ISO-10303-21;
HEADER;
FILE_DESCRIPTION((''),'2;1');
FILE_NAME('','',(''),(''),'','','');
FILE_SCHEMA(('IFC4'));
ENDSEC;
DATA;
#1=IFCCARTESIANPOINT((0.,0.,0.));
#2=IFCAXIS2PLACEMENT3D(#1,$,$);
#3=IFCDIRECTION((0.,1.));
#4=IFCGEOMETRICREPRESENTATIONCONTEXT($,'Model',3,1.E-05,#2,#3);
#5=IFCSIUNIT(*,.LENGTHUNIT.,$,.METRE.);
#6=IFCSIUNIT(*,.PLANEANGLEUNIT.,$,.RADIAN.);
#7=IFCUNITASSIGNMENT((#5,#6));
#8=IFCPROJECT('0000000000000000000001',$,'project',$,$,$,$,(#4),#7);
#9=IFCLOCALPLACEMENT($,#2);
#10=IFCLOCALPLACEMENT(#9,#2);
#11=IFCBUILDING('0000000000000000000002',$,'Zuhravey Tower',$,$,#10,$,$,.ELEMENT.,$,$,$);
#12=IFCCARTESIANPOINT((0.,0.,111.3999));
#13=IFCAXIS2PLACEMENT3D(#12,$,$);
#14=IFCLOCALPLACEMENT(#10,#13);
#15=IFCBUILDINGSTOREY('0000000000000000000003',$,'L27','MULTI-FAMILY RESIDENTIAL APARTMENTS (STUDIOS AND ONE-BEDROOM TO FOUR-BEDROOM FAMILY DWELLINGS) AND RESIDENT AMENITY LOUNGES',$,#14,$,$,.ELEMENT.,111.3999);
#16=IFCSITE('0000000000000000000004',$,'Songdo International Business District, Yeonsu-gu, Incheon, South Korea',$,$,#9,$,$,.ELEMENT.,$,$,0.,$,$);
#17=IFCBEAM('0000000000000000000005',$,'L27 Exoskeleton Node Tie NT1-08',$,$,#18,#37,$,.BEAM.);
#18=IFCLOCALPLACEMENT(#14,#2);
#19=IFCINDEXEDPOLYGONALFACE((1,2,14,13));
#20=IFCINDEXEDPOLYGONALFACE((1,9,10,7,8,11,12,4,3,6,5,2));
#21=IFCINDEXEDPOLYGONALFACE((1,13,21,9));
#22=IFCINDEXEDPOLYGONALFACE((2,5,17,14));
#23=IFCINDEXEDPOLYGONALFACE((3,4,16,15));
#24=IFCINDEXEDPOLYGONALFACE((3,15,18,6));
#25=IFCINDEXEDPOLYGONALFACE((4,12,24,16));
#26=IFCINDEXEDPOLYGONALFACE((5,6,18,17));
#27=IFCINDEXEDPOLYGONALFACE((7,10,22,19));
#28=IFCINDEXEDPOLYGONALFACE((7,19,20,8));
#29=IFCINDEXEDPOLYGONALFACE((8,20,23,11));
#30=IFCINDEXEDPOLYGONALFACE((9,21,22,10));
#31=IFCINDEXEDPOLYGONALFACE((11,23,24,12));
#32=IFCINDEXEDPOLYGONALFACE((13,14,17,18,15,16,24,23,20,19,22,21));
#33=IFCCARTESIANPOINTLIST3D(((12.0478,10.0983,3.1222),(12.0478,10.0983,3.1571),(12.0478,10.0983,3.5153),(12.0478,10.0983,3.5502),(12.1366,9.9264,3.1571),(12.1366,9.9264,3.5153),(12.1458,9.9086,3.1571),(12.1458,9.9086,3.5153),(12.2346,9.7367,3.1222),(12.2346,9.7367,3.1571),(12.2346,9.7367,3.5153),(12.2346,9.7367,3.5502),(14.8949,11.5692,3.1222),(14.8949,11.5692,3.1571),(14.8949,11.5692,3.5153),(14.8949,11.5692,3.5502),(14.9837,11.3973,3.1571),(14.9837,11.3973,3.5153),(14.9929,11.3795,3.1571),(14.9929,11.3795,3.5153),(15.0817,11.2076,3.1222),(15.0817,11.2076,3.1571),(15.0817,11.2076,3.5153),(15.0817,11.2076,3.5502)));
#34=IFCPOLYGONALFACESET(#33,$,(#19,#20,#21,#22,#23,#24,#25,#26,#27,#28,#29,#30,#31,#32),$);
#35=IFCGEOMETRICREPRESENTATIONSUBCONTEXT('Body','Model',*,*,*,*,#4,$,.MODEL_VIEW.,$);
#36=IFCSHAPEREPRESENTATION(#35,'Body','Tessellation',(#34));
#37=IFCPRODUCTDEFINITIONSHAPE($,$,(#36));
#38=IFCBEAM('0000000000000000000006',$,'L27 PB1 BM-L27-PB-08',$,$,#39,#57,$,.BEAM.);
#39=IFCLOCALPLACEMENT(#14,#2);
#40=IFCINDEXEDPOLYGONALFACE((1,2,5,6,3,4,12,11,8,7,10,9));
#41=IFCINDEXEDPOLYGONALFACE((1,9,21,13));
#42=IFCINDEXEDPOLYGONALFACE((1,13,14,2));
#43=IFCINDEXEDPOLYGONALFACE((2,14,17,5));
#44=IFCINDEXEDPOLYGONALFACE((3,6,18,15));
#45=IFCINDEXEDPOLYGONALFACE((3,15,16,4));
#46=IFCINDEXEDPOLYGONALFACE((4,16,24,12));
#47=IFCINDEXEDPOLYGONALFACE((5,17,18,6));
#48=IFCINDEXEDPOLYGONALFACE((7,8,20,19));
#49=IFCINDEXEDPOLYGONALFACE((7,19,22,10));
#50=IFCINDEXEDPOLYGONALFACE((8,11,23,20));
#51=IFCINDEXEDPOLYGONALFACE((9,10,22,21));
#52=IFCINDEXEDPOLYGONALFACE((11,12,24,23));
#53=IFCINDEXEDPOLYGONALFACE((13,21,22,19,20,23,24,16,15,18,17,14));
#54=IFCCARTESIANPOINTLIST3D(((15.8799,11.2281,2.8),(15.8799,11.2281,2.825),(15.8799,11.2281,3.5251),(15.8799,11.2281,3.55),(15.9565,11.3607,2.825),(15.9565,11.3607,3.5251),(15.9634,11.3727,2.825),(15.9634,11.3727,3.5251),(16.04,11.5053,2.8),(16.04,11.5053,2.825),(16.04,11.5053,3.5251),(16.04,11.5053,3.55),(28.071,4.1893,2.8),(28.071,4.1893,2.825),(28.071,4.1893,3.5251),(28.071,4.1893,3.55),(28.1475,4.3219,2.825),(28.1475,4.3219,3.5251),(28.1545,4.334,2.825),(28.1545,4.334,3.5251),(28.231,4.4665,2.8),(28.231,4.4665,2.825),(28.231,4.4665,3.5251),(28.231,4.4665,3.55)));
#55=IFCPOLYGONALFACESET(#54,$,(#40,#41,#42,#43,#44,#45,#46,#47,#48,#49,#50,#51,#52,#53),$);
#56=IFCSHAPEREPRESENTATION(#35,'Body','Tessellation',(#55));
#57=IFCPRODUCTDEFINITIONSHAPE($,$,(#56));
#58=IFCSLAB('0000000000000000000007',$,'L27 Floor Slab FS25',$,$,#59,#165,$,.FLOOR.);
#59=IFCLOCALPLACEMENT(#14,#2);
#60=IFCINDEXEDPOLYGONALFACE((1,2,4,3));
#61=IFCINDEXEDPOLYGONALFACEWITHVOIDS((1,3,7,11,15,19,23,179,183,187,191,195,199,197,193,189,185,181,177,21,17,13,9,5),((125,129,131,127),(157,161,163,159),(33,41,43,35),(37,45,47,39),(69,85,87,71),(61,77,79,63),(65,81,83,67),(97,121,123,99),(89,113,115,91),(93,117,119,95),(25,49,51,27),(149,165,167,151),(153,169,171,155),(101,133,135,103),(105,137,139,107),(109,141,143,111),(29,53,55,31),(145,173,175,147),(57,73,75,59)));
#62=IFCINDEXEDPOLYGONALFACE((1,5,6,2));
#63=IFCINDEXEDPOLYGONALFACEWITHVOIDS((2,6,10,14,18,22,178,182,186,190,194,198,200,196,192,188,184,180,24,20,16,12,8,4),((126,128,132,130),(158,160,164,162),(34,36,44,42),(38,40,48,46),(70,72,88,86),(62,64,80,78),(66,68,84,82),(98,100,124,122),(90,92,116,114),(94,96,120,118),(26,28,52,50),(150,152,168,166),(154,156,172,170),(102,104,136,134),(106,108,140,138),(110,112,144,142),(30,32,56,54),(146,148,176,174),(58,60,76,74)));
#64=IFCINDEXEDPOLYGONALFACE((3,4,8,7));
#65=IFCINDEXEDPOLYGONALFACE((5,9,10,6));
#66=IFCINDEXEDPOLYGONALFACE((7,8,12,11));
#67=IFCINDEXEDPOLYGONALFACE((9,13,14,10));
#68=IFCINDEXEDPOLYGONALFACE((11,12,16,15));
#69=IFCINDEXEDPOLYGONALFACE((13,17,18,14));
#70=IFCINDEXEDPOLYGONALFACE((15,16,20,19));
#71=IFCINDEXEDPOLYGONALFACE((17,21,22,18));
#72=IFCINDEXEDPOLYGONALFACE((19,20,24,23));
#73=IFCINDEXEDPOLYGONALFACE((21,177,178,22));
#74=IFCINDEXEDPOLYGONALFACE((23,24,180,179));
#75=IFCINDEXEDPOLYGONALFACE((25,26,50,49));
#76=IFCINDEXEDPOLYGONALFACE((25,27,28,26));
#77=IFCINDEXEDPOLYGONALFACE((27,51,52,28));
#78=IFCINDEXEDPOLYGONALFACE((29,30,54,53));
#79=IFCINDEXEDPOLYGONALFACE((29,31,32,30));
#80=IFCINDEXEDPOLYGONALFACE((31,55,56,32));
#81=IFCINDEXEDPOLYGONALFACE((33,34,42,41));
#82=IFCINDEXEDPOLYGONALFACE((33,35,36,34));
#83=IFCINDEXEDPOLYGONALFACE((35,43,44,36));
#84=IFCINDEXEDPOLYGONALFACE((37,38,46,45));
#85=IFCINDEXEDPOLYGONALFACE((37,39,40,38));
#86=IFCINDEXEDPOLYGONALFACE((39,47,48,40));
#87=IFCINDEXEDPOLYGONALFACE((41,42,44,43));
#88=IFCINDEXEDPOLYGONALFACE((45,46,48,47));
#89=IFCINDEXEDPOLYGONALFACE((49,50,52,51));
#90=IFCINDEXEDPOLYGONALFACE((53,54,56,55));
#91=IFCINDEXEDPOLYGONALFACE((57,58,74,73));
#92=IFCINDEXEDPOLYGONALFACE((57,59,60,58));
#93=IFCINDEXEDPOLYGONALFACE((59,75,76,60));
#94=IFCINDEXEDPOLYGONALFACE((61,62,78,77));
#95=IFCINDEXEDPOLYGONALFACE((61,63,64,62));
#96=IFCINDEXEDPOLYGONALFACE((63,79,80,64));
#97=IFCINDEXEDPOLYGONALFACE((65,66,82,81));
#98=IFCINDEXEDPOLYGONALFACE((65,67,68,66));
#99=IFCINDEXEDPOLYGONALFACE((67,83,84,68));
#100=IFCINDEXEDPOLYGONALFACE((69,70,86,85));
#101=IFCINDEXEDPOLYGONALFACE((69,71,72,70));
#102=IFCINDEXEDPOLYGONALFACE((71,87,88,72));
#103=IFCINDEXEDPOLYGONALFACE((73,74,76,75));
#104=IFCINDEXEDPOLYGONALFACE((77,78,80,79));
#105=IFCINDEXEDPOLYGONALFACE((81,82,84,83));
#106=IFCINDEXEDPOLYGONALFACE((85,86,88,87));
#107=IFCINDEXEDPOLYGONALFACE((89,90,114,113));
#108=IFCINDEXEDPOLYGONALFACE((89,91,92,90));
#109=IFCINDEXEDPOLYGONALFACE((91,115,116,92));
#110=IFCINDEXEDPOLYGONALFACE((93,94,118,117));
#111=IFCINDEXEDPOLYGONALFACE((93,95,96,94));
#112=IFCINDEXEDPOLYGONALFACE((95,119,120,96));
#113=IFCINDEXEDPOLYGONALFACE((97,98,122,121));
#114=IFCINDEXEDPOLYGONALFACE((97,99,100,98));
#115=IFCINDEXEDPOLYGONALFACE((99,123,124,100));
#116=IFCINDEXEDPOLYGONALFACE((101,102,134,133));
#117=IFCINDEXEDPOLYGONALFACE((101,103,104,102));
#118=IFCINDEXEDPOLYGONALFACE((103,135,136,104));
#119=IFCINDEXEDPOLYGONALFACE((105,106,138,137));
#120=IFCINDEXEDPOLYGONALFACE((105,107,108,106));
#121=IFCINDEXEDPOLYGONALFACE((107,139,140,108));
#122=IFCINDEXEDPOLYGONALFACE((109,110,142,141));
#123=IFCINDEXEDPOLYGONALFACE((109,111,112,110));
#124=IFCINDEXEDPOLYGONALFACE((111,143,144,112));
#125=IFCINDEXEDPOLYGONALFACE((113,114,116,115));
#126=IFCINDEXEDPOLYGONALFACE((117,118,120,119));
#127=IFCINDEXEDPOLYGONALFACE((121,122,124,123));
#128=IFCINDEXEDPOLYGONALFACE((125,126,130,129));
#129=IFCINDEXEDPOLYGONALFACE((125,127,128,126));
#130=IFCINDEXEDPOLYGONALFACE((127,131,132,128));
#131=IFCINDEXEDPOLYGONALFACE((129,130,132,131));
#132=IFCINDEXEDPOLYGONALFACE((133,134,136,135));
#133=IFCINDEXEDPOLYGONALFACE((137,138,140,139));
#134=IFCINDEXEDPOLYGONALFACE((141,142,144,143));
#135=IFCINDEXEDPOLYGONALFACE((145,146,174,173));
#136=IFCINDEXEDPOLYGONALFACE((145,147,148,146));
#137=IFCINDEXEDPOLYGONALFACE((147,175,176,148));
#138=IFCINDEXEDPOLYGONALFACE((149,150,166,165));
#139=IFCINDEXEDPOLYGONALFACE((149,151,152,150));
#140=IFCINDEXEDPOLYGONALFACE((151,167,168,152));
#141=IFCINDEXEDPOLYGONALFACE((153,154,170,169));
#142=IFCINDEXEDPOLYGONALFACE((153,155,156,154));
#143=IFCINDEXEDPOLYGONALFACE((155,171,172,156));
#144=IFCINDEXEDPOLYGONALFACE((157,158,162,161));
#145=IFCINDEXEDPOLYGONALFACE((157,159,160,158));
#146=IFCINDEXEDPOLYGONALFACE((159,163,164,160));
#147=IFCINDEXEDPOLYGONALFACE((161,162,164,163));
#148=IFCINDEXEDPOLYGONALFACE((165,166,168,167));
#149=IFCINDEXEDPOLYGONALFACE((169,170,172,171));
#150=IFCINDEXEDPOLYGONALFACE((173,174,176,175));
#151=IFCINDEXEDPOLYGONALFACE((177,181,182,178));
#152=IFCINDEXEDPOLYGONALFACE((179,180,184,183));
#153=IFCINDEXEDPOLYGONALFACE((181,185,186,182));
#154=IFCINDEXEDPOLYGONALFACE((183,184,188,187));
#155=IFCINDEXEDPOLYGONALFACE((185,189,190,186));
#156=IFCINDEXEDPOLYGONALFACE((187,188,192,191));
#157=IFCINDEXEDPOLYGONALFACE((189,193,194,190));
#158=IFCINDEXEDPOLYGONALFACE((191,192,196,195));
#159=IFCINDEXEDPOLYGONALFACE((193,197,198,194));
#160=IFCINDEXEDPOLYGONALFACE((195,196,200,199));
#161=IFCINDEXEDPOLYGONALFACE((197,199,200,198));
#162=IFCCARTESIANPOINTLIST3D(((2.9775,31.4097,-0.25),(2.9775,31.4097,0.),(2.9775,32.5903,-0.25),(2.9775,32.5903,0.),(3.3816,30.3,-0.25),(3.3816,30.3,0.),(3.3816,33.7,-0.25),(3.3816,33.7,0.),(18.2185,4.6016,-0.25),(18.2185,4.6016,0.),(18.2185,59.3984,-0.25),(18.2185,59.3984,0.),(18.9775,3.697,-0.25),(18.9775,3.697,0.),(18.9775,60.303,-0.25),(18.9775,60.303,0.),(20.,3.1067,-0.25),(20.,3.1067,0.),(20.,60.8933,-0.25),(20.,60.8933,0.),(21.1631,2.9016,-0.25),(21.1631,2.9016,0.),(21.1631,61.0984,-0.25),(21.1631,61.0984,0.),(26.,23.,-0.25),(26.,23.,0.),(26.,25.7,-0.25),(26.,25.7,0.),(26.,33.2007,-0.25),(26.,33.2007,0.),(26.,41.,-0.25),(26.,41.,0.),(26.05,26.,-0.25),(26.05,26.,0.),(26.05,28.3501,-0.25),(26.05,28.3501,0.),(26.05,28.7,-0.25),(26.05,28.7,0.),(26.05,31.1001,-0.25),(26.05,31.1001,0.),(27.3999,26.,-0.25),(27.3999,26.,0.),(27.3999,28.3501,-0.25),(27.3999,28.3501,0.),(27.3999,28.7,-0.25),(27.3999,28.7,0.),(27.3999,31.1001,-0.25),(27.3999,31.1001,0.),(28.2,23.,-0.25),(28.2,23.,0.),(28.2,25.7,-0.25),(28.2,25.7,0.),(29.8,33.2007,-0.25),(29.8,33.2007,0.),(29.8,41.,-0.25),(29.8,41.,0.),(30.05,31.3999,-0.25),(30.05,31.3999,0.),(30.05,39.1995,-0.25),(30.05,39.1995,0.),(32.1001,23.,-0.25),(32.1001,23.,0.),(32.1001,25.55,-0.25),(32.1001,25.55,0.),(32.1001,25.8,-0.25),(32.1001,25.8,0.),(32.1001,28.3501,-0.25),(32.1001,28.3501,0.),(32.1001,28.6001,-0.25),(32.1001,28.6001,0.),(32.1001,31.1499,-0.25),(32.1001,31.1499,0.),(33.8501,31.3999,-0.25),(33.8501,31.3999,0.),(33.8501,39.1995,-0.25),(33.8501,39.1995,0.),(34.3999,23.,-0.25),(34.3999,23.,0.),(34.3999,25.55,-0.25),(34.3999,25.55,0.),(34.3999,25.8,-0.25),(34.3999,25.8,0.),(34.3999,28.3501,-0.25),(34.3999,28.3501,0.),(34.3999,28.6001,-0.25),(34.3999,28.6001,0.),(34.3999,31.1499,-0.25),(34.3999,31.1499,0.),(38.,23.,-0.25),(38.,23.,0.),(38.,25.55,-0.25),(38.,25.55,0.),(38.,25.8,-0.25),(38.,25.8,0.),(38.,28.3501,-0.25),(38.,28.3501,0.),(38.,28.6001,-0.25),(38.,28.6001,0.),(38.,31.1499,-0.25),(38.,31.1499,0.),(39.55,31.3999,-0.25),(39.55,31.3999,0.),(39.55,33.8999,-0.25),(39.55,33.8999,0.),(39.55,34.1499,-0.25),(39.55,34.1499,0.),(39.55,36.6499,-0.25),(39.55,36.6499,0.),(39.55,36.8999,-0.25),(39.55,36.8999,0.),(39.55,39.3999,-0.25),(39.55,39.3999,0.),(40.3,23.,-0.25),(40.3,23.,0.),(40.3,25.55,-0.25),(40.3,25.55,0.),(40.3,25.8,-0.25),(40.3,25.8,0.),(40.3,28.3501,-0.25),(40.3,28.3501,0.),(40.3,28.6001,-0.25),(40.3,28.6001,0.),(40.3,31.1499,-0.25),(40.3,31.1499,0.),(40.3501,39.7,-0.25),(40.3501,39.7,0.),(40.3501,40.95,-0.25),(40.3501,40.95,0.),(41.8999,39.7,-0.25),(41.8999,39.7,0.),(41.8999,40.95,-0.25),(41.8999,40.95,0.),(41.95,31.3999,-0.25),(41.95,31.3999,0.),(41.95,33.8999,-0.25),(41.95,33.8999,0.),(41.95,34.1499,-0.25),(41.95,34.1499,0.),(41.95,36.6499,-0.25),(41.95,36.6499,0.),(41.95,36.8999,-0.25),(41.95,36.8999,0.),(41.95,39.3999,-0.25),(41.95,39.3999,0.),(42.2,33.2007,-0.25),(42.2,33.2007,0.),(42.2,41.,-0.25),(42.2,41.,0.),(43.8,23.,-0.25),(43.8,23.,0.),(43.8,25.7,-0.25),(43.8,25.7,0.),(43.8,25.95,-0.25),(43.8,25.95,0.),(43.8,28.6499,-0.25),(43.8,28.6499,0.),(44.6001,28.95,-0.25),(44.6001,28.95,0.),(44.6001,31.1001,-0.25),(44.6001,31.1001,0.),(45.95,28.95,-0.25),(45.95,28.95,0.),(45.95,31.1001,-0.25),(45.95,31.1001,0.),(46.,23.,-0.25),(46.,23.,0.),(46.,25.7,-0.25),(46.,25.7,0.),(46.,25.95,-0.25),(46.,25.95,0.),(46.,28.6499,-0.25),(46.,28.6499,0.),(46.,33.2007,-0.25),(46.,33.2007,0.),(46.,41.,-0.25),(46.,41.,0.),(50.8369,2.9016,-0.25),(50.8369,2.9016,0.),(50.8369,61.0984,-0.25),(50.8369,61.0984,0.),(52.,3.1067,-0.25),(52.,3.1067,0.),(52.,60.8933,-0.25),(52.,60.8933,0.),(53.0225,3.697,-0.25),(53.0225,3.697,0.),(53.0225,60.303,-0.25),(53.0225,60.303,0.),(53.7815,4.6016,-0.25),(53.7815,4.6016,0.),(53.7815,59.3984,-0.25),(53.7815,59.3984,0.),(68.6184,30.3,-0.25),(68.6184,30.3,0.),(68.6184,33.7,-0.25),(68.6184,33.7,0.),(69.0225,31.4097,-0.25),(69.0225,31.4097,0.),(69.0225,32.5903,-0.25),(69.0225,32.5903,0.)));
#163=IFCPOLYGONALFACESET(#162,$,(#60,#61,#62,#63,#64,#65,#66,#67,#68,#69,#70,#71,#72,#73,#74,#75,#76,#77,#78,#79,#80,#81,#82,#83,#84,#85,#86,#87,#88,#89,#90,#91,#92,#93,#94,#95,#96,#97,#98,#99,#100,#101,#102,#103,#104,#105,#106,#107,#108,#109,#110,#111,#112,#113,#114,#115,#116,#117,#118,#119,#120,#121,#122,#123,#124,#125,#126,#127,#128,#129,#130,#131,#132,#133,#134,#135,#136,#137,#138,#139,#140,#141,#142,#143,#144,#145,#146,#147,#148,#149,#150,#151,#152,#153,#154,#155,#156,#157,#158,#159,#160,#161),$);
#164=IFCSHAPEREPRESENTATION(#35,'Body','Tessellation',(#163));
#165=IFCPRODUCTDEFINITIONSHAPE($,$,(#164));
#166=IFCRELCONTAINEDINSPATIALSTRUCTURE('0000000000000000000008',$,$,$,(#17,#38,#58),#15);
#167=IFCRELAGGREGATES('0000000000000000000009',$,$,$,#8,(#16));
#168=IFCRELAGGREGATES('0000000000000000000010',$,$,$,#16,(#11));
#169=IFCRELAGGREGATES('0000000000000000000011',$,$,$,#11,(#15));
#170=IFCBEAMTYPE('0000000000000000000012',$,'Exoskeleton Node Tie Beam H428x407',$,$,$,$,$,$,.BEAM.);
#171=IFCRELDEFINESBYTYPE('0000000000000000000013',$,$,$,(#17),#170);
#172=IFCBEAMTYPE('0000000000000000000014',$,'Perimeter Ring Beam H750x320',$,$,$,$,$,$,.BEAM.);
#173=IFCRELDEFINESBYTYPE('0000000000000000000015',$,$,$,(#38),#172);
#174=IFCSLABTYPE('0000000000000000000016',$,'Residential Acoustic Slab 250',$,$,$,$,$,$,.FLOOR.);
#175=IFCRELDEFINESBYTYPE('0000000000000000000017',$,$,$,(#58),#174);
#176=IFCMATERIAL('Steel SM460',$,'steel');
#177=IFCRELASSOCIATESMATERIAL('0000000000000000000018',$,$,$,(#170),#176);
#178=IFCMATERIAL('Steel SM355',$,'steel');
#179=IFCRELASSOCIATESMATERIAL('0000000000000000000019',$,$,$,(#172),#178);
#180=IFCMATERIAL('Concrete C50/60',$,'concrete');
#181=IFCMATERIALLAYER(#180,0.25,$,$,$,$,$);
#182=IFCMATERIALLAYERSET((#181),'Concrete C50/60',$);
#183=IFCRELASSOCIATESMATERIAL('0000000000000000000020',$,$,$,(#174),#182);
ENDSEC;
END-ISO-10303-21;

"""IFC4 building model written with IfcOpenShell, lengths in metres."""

from ifc_helpers import new_model, si_unit, direction, frame, origin, origin_2d, place, context, subcontext, project, spatial, polyline, i_section, outline, extrude, material, layer, layer_set, material_profile, profile_set, type_object, element, save


model = new_model("IFC4")

# Units and contexts
model_context = context("Model", 3, precision=1e-05, world=origin(), true_north=direction((0.0, 1.0)))
body_context = subcontext(model_context, "Body", "Model", "MODEL_VIEW")
ifc_project = project(units=[si_unit("LENGTHUNIT", "METRE"), si_unit("PLANEANGLEUNIT", "RADIAN")], contexts=[model_context])

# Site, building, storey
site_placement = place(None, origin())
site = spatial("IfcSite", under=ifc_project, at=site_placement, Name="Songdo International Business District, Yeonsu-gu, Incheon, South Korea", CompositionType="ELEMENT", RefElevation=0.0)
building_placement = place(site_placement, origin())
building = spatial("IfcBuilding", under=site, at=building_placement, Name="Zuhravey Tower", CompositionType="ELEMENT")
storey_placement = place(building_placement, frame((0.0, 0.0, 111.3999)))
storey = spatial("IfcBuildingStorey", under=building, at=storey_placement, Name="L27", Description="MULTI-FAMILY RESIDENTIAL APARTMENTS (STUDIOS AND ONE-BEDROOM TO FOUR-BEDROOM FAMILY DWELLINGS) AND RESIDENT AMENITY LOUNGES", CompositionType="ELEMENT", Elevation=111.3999)

# Beams
ifc_material_1 = material(Name="Steel SM460", Category="steel")
ifc_material_profile_1 = material_profile(ifc_material_1, i_section(OverallWidth=0.407, OverallDepth=0.428, WebThickness=0.02, FlangeThickness=0.0349, at=origin_2d()), Name="H-428x407x20x35")
ifc_profile_set_1 = profile_set([ifc_material_profile_1], Name="Steel SM460")
beam_type_1 = type_object("IfcBeamType", Name="Exoskeleton Node Tie Beam H428x407", PredefinedType="BEAM", material=ifc_profile_set_1)
beam_1_placement = place(storey_placement, frame((14.9883, 11.3884, 3.3362), z_axis=(-0.888437, -0.458998, 0.0), x_axis=(0.458998, -0.888437, 0.0)))
element("IfcBeam", 1, at=beam_1_placement, inside=storey, type_object=beam_type_1, Name="L27 Exoskeleton Node Tie NT1-08", PredefinedType="BEAM", context=body_context, shape_type="SweptSolid", body=[
    extrude(i_section(OverallWidth=0.407, OverallDepth=0.428, WebThickness=0.02, FlangeThickness=0.0349, at=origin_2d()), origin(), (0.0, 0.0, 1.0), 3.2046),
])
ifc_material_2 = material(Name="Steel SM355", Category="steel")
ifc_material_profile_2 = material_profile(ifc_material_2, i_section(OverallWidth=0.3201, OverallDepth=0.75, WebThickness=0.0139, FlangeThickness=0.0249, at=origin_2d()), Name="H-750x320x14x25")
ifc_profile_set_2 = profile_set([ifc_material_profile_2], Name="Steel SM355")
beam_type_2 = type_object("IfcBeamType", Name="Perimeter Ring Beam H750x320", PredefinedType="BEAM", material=ifc_profile_set_2)
beam_2_placement = place(storey_placement, frame((15.96, 11.3667, 3.175), z_axis=(0.866018, -0.500013, 0.0), x_axis=(0.500013, 0.866018, 0.0)))
element("IfcBeam", 2, at=beam_2_placement, inside=storey, type_object=beam_type_2, Name="L27 PB1 BM-L27-PB-08", PredefinedType="BEAM", context=body_context, shape_type="SweptSolid", body=[
    extrude(i_section(OverallWidth=0.3201, OverallDepth=0.75, WebThickness=0.0139, FlangeThickness=0.0249, at=origin_2d()), origin(), (0.0, 0.0, 1.0), 14.0771),
])

# Slab
ifc_material_3 = material(Name="Concrete C50/60", Category="concrete")
ifc_layer_1 = layer(ifc_material_3, 0.25)
ifc_layer_set_1 = layer_set([ifc_layer_1], Name="Concrete C50/60")
slab_type_1 = type_object("IfcSlabType", Name="Residential Acoustic Slab 250", PredefinedType="FLOOR", material=ifc_layer_set_1)
slab_1_placement = place(storey_placement, frame((0.0, 0.0, -0.25)))
element("IfcSlab", 3, at=slab_1_placement, inside=storey, type_object=slab_type_1, Name="L27 Floor Slab FS25", PredefinedType="FLOOR", context=body_context, shape_type="SweptSolid", body=[
    extrude(outline(polyline([(68.6184, 30.3), (69.0225, 31.4097), (69.0225, 32.5903), (68.6184, 33.7), (53.7815, 59.3984), (53.0225, 60.303), (52.0, 60.8933), (50.8369, 61.0984), (21.1631, 61.0984), (20.0, 60.8933), (18.9775, 60.303), (18.2185, 59.3984), (3.3816, 33.7), (2.9775, 32.5903), (2.9775, 31.4097), (3.3816, 30.3), (18.2185, 4.6016), (18.9775, 3.697), (20.0, 3.1067), (21.1631, 2.9016), (50.8369, 2.9016), (52.0, 3.1067), (53.0225, 3.697), (53.7815, 4.6016), (68.6184, 30.3)]), holes=[polyline([(29.8, 33.2007), (29.8, 41.0), (26.0, 41.0), (26.0, 33.2007), (29.8, 33.2007)]), polyline([(46.0, 33.2007), (46.0, 41.0), (42.2, 41.0), (42.2, 33.2007), (46.0, 33.2007)]), polyline([(30.05, 39.1995), (30.05, 31.3999), (33.8501, 31.3999), (33.8501, 39.1995), (30.05, 39.1995)]), polyline([(32.1001, 23.0), (34.3999, 23.0), (34.3999, 25.55), (32.1001, 25.55), (32.1001, 23.0)]), polyline([(32.1001, 25.8), (34.3999, 25.8), (34.3999, 28.3501), (32.1001, 28.3501), (32.1001, 25.8)]), polyline([(32.1001, 28.6001), (34.3999, 28.6001), (34.3999, 31.1499), (32.1001, 31.1499), (32.1001, 28.6001)]), polyline([(38.0, 23.0), (40.3, 23.0), (40.3, 25.55), (38.0, 25.55), (38.0, 23.0)]), polyline([(38.0, 25.8), (40.3, 25.8), (40.3, 28.3501), (38.0, 28.3501), (38.0, 25.8)]), polyline([(38.0, 28.6001), (40.3, 28.6001), (40.3, 31.1499), (38.0, 31.1499), (38.0, 28.6001)]), polyline([(39.55, 31.3999), (41.95, 31.3999), (41.95, 33.8999), (39.55, 33.8999), (39.55, 31.3999)]), polyline([(39.55, 34.1499), (41.95, 34.1499), (41.95, 36.6499), (39.55, 36.6499), (39.55, 34.1499)]), polyline([(39.55, 36.8999), (41.95, 36.8999), (41.95, 39.3999), (39.55, 39.3999), (39.55, 36.8999)]), polyline([(26.0, 23.0), (28.2, 23.0), (28.2, 25.7), (26.0, 25.7), (26.0, 23.0)]), polyline([(43.8, 23.0), (46.0, 23.0), (46.0, 25.7), (43.8, 25.7), (43.8, 23.0)]), polyline([(43.8, 25.95), (46.0, 25.95), (46.0, 28.6499), (43.8, 28.6499), (43.8, 25.95)]), polyline([(26.05, 26.0), (27.3999, 26.0), (27.3999, 28.3501), (26.05, 28.3501), (26.05, 26.0)]), polyline([(26.05, 28.7), (27.3999, 28.7), (27.3999, 31.1001), (26.05, 31.1001), (26.05, 28.7)]), polyline([(44.6001, 28.95), (45.95, 28.95), (45.95, 31.1001), (44.6001, 31.1001), (44.6001, 28.95)]), polyline([(40.3501, 39.7), (41.8999, 39.7), (41.8999, 40.95), (40.3501, 40.95), (40.3501, 39.7)])]), origin(), (0.0, 0.0, 1.0), 0.25),
])

save(model, "model.ifc")
